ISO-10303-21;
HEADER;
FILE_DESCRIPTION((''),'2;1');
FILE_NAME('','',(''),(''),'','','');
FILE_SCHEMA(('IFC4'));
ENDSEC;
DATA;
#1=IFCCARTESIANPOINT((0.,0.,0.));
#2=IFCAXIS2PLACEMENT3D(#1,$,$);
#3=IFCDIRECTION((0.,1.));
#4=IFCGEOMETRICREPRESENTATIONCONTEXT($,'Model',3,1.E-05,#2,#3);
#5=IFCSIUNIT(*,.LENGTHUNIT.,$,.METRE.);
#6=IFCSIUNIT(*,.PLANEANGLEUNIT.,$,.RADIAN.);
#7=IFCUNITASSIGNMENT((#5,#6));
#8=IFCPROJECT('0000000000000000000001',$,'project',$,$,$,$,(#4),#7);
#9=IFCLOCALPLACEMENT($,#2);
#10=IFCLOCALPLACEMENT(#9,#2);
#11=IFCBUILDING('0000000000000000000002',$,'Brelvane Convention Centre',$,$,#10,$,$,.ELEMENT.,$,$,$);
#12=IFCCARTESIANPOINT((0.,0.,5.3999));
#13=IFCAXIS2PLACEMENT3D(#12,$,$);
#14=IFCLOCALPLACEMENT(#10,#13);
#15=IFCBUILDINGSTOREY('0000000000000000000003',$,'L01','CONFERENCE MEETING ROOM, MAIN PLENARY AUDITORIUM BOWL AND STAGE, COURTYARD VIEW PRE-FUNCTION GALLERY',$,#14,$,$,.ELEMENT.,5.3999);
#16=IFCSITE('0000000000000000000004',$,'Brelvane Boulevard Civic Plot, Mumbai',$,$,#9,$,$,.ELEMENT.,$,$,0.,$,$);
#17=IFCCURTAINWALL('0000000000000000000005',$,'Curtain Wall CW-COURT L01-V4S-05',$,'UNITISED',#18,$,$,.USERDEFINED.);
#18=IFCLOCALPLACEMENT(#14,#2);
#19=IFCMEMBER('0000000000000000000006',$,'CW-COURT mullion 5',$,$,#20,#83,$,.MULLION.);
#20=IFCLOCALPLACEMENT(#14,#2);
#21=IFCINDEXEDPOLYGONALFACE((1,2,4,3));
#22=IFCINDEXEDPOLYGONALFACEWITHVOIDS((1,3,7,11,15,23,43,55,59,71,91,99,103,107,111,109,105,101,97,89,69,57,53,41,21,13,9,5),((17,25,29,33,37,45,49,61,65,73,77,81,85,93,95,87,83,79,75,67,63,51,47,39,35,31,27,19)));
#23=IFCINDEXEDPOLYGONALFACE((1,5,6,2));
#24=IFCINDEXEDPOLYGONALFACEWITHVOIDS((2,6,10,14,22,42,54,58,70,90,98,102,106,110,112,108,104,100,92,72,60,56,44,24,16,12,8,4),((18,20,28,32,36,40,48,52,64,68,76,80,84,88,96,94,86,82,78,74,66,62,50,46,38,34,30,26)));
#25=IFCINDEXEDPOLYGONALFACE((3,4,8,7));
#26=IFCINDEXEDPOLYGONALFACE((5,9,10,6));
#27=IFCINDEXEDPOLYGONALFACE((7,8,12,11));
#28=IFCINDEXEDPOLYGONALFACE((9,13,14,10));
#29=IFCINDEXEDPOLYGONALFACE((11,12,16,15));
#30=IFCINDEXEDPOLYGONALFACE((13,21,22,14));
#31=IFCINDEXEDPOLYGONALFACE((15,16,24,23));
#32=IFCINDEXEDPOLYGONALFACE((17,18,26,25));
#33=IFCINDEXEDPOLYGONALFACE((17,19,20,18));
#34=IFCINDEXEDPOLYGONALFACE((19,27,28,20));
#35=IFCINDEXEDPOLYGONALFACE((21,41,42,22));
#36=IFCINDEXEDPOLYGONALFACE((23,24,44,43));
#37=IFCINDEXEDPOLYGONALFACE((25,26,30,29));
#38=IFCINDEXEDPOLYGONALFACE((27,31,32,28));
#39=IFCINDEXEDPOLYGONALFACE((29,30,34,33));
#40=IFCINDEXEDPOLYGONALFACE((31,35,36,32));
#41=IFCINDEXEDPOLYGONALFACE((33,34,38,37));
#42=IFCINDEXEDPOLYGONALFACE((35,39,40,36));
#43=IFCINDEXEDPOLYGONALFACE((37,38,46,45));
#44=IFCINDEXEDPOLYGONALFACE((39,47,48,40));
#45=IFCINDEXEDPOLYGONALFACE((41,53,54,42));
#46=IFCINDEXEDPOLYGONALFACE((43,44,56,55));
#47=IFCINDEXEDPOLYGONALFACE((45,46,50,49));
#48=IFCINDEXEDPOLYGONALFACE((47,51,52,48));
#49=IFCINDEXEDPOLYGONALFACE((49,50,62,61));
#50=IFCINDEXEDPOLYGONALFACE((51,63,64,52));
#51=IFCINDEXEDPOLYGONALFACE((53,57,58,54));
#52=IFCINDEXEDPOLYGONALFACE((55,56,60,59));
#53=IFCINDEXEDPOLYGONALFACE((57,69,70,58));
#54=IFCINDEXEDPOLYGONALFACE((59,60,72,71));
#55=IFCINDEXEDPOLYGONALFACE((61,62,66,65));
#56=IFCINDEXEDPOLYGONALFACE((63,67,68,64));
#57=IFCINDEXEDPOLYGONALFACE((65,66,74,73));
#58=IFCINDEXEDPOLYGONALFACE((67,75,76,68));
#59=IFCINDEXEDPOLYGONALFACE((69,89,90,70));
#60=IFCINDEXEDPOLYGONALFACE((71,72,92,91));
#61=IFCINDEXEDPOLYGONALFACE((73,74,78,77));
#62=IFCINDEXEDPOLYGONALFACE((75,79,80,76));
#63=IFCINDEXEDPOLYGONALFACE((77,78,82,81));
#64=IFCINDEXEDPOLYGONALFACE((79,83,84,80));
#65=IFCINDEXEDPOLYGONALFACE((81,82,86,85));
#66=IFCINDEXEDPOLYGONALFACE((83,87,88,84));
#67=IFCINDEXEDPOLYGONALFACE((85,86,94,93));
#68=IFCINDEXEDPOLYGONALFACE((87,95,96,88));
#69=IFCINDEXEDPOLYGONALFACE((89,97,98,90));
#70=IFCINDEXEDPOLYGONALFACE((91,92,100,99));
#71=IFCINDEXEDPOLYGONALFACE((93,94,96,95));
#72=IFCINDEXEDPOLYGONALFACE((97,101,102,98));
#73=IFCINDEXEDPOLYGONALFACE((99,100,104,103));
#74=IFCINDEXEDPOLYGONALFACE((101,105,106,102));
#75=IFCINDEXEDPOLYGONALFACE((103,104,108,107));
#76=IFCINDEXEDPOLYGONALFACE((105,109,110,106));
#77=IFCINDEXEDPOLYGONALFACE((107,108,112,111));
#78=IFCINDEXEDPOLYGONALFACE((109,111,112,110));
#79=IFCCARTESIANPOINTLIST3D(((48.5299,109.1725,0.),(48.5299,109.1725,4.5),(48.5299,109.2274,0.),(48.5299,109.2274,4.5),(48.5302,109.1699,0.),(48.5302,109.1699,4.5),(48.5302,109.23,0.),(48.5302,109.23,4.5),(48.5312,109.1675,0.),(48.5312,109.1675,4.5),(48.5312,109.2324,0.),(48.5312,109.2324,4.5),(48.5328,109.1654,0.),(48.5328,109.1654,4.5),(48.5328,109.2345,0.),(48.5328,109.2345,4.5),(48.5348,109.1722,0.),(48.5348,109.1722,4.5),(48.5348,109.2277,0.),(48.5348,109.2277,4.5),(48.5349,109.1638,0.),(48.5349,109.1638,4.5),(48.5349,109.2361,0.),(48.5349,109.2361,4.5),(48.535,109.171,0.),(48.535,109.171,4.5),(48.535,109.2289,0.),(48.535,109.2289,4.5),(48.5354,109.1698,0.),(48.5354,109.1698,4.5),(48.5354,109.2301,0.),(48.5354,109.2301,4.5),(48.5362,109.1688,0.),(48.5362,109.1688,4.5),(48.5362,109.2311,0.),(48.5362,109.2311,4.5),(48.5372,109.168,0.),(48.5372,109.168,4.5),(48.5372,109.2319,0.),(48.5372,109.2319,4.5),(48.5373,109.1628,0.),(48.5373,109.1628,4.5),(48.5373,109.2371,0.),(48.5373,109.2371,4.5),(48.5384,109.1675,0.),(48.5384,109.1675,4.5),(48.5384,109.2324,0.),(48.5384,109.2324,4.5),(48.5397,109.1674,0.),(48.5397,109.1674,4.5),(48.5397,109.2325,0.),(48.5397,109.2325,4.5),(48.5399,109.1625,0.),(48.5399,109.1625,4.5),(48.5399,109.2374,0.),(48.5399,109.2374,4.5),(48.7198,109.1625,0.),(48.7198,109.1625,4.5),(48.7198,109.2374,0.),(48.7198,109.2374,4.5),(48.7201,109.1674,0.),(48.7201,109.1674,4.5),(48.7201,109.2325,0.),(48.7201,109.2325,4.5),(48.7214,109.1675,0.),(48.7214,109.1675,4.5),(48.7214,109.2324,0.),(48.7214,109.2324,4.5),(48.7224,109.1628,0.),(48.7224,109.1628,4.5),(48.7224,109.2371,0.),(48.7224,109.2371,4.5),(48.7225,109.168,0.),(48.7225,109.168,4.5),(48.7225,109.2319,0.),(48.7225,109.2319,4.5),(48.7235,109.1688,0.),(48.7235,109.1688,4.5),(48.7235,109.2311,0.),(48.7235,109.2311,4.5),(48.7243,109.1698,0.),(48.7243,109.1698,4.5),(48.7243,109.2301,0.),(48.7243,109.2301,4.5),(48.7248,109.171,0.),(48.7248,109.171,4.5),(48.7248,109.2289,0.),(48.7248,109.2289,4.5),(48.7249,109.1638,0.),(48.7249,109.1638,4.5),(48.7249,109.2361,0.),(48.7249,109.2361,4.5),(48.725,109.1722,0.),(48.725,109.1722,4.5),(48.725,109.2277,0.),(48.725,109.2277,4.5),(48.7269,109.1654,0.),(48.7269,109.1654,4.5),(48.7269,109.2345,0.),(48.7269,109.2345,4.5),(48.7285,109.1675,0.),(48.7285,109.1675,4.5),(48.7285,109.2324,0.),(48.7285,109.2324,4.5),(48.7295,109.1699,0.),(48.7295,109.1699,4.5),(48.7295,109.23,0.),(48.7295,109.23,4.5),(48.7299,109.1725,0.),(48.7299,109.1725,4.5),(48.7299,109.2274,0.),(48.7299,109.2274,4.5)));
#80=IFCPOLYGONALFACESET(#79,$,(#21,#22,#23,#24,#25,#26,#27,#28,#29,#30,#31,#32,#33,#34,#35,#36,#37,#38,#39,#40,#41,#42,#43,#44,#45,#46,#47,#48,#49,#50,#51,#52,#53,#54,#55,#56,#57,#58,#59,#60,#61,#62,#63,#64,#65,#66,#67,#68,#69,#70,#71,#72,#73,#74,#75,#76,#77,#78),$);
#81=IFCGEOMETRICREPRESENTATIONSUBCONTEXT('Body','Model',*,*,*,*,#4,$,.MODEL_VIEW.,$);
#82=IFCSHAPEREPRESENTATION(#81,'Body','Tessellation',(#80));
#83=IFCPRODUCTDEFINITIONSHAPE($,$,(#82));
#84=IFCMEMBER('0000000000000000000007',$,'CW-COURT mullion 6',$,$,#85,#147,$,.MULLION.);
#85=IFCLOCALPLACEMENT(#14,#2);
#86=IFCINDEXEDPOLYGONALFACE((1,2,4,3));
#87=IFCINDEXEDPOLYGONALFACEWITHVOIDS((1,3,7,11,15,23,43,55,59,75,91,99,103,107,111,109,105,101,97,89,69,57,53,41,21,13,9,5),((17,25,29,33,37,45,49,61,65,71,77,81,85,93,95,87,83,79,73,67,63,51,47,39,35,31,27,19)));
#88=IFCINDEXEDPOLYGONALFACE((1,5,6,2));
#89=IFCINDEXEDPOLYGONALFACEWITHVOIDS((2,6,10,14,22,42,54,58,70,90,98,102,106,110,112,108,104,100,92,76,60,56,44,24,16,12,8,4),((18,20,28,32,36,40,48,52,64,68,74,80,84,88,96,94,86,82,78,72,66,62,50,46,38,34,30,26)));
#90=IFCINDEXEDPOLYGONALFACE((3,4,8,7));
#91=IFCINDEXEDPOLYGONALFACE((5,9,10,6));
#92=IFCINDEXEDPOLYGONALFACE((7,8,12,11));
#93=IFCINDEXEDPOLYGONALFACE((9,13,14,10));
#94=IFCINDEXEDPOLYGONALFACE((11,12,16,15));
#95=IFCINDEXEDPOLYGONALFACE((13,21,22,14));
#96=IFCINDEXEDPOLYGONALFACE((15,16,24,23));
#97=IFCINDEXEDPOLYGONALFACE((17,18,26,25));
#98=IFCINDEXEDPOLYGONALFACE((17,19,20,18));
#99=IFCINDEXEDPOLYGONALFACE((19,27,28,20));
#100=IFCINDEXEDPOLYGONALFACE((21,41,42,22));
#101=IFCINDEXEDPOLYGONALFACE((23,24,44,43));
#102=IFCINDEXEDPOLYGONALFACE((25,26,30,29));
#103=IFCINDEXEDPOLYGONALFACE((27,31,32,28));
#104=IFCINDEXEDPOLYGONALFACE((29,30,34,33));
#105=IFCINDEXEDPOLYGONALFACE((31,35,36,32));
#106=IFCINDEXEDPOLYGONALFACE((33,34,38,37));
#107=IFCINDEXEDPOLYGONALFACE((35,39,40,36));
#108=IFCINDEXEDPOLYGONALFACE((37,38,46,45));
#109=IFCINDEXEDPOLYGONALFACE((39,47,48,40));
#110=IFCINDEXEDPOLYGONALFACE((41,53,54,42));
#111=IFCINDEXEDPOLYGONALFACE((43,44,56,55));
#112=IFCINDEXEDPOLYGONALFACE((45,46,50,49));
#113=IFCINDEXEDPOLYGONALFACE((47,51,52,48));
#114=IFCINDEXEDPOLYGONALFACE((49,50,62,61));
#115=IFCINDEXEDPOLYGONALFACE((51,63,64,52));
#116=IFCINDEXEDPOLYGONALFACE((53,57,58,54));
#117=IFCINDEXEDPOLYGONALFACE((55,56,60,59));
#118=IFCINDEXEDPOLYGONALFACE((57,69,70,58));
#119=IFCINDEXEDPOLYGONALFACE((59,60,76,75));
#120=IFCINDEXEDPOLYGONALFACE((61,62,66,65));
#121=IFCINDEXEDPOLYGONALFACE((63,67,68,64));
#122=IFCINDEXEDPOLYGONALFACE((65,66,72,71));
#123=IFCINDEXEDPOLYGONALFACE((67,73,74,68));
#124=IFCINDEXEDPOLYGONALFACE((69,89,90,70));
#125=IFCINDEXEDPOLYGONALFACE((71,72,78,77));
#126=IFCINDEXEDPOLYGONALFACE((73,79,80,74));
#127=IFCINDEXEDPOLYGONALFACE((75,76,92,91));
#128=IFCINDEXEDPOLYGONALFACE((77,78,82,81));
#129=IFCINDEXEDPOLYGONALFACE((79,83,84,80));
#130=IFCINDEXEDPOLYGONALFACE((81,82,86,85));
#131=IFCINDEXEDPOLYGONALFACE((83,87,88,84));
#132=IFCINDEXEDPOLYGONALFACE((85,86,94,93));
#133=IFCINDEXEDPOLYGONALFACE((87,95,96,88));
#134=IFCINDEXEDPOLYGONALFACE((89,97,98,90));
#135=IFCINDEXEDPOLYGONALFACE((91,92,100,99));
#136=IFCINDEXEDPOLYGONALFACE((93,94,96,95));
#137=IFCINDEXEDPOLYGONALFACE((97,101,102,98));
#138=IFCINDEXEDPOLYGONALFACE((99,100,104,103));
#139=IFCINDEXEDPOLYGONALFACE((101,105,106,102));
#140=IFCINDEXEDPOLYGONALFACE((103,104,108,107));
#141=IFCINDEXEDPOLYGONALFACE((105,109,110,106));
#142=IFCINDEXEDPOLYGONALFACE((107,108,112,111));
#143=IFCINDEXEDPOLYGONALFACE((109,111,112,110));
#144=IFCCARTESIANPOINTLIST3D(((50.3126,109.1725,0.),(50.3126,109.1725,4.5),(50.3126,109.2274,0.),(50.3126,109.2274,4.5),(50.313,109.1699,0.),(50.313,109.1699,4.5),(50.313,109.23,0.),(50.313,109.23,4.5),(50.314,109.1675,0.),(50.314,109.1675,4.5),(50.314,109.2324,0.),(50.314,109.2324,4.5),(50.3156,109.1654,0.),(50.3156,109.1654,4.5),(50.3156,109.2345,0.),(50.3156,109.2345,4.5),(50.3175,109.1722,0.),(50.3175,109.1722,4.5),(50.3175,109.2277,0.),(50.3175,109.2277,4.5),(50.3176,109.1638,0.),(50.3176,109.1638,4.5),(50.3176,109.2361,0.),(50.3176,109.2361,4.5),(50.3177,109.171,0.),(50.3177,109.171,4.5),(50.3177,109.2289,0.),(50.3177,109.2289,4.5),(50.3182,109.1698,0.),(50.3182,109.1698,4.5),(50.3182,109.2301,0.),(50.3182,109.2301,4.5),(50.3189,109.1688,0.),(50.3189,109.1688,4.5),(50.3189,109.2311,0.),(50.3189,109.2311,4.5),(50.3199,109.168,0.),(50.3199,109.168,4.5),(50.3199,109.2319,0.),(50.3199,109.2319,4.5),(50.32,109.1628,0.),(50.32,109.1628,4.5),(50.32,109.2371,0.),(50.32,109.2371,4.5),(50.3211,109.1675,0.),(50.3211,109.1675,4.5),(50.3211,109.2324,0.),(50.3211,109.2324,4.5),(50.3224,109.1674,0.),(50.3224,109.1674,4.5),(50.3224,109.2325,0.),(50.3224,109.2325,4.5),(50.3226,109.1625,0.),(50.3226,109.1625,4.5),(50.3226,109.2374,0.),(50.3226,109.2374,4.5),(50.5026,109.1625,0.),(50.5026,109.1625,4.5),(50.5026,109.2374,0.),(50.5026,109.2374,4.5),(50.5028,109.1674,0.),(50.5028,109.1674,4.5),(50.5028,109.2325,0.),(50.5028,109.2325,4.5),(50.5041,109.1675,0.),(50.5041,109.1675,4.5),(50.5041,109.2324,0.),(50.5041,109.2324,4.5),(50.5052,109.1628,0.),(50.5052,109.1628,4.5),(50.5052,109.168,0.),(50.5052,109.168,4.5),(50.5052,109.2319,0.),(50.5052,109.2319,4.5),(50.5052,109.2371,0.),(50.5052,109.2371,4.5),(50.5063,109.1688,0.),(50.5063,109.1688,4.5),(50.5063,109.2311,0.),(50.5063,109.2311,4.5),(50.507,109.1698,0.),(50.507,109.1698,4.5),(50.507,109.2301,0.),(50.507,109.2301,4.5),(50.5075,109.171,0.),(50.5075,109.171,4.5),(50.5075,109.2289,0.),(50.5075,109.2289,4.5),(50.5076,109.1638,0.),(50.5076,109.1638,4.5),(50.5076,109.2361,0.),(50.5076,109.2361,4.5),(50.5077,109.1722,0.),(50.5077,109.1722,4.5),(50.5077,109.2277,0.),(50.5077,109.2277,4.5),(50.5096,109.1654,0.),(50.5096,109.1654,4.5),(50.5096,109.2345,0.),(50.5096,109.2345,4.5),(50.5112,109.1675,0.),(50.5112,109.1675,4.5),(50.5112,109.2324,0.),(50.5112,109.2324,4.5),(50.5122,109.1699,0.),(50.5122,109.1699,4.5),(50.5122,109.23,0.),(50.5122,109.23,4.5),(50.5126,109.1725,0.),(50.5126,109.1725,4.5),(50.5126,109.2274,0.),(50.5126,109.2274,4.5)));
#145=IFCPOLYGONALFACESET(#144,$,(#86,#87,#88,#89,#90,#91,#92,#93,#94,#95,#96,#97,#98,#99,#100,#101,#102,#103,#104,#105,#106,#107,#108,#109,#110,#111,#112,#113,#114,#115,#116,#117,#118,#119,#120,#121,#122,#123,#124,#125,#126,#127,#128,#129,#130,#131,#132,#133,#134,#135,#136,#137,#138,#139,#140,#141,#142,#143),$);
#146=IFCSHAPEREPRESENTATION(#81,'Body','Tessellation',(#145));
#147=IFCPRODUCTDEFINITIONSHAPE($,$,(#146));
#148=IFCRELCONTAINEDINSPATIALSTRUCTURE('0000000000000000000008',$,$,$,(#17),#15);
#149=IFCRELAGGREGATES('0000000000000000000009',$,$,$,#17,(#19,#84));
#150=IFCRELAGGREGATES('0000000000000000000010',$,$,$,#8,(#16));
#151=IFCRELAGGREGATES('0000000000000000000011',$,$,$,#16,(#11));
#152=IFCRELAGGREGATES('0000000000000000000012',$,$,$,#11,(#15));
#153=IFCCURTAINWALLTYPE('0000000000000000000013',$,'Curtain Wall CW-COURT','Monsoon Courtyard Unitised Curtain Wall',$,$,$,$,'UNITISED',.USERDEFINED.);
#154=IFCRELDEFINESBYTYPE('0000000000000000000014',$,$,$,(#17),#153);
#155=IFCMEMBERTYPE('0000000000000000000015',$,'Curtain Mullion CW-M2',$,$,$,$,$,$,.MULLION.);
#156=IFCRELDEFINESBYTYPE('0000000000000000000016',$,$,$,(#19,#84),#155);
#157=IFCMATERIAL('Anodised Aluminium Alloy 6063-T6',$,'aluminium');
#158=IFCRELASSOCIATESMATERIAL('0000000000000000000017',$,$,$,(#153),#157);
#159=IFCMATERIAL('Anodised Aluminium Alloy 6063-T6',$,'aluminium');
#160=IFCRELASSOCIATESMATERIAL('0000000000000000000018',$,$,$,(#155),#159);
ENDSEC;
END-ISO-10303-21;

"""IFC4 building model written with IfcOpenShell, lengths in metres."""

from ifc_helpers import new_model, si_unit, direction, frame, origin, origin_2d, place, context, subcontext, project, spatial, hollow_rectangle, extrude, material, material_profile, profile_set, type_object, element, aggregate, save


model = new_model("IFC4")

# Units and contexts
model_context = context("Model", 3, precision=1e-05, world=origin(), true_north=direction((0.0, 1.0)))
body_context = subcontext(model_context, "Body", "Model", "MODEL_VIEW")
ifc_project = project(units=[si_unit("LENGTHUNIT", "METRE"), si_unit("PLANEANGLEUNIT", "RADIAN")], contexts=[model_context])

# Site, building, storey
site_placement = place(None, origin())
site = spatial("IfcSite", under=ifc_project, at=site_placement, Name="Brelvane Boulevard Civic Plot, Mumbai", CompositionType="ELEMENT", RefElevation=0.0)
building_placement = place(site_placement, origin())
building = spatial("IfcBuilding", under=site, at=building_placement, Name="Brelvane Convention Centre", CompositionType="ELEMENT")
storey_placement = place(building_placement, frame((0.0, 0.0, 5.3999)))
storey = spatial("IfcBuildingStorey", under=building, at=storey_placement, Name="L01", Description="CONFERENCE MEETING ROOM, MAIN PLENARY AUDITORIUM BOWL AND STAGE, COURTYARD VIEW PRE-FUNCTION GALLERY", CompositionType="ELEMENT", Elevation=5.3999)

# Curtain wall, members
ifc_material_1 = material(Name="Anodised Aluminium Alloy 6063-T6", Category="aluminium")
curtain_wall_type = type_object("IfcCurtainWallType", Name="Curtain Wall CW-COURT", Description="Monsoon Courtyard Unitised Curtain Wall", ElementType="UNITISED", PredefinedType="USERDEFINED", material=ifc_material_1)
curtain_wall_placement = place(storey_placement, origin())
curtain_wall = element("IfcCurtainWall", 1, at=curtain_wall_placement, inside=storey, type_object=curtain_wall_type, Name="Curtain Wall CW-COURT L01-V4S-05", ObjectType="UNITISED", PredefinedType="USERDEFINED")
ifc_material_2 = material(Name="Anodised Aluminium Alloy 6063-T6", Category="aluminium")
ifc_material_profile_1 = material_profile(ifc_material_2, hollow_rectangle(XDim=0.075, YDim=0.2, WallThickness=0.0049, InnerFilletRadius=0.0049, OuterFilletRadius=0.01, at=origin_2d()), Name="ALU-M 200x75x5.0")
ifc_profile_set_1 = profile_set([ifc_material_profile_1], Name="Anodised Aluminium Alloy 6063-T6")
member_type_1 = type_object("IfcMemberType", Name="Curtain Mullion CW-M2", PredefinedType="MULLION", material=ifc_profile_set_1)
member_1_placement = place(storey_placement, frame((48.6299, 109.2, 0.0), z_axis=(0.0, 0.0, 1.0), x_axis=(0.0, 1.0, 0.0)))
member_1 = element("IfcMember", 2, at=member_1_placement, type_object=member_type_1, Name="CW-COURT mullion 5", PredefinedType="MULLION", context=body_context, shape_type="SweptSolid", body=[
    extrude(hollow_rectangle(XDim=0.075, YDim=0.2, WallThickness=0.0049, InnerFilletRadius=0.0049, OuterFilletRadius=0.01, at=origin_2d()), origin(), (0.0, 0.0, 1.0), 4.5),
])
member_2_placement = place(storey_placement, frame((50.4126, 109.2, 0.0), z_axis=(0.0, 0.0, 1.0), x_axis=(0.0, 1.0, 0.0)))
member_2 = element("IfcMember", 3, at=member_2_placement, type_object=member_type_1, Name="CW-COURT mullion 6", PredefinedType="MULLION", context=body_context, shape_type="SweptSolid", body=[
    extrude(hollow_rectangle(XDim=0.075, YDim=0.2, WallThickness=0.0049, InnerFilletRadius=0.0049, OuterFilletRadius=0.01, at=origin_2d()), origin(), (0.0, 0.0, 1.0), 4.5),
])

aggregate(curtain_wall, [member_1, member_2])

save(model, "model.ifc")
